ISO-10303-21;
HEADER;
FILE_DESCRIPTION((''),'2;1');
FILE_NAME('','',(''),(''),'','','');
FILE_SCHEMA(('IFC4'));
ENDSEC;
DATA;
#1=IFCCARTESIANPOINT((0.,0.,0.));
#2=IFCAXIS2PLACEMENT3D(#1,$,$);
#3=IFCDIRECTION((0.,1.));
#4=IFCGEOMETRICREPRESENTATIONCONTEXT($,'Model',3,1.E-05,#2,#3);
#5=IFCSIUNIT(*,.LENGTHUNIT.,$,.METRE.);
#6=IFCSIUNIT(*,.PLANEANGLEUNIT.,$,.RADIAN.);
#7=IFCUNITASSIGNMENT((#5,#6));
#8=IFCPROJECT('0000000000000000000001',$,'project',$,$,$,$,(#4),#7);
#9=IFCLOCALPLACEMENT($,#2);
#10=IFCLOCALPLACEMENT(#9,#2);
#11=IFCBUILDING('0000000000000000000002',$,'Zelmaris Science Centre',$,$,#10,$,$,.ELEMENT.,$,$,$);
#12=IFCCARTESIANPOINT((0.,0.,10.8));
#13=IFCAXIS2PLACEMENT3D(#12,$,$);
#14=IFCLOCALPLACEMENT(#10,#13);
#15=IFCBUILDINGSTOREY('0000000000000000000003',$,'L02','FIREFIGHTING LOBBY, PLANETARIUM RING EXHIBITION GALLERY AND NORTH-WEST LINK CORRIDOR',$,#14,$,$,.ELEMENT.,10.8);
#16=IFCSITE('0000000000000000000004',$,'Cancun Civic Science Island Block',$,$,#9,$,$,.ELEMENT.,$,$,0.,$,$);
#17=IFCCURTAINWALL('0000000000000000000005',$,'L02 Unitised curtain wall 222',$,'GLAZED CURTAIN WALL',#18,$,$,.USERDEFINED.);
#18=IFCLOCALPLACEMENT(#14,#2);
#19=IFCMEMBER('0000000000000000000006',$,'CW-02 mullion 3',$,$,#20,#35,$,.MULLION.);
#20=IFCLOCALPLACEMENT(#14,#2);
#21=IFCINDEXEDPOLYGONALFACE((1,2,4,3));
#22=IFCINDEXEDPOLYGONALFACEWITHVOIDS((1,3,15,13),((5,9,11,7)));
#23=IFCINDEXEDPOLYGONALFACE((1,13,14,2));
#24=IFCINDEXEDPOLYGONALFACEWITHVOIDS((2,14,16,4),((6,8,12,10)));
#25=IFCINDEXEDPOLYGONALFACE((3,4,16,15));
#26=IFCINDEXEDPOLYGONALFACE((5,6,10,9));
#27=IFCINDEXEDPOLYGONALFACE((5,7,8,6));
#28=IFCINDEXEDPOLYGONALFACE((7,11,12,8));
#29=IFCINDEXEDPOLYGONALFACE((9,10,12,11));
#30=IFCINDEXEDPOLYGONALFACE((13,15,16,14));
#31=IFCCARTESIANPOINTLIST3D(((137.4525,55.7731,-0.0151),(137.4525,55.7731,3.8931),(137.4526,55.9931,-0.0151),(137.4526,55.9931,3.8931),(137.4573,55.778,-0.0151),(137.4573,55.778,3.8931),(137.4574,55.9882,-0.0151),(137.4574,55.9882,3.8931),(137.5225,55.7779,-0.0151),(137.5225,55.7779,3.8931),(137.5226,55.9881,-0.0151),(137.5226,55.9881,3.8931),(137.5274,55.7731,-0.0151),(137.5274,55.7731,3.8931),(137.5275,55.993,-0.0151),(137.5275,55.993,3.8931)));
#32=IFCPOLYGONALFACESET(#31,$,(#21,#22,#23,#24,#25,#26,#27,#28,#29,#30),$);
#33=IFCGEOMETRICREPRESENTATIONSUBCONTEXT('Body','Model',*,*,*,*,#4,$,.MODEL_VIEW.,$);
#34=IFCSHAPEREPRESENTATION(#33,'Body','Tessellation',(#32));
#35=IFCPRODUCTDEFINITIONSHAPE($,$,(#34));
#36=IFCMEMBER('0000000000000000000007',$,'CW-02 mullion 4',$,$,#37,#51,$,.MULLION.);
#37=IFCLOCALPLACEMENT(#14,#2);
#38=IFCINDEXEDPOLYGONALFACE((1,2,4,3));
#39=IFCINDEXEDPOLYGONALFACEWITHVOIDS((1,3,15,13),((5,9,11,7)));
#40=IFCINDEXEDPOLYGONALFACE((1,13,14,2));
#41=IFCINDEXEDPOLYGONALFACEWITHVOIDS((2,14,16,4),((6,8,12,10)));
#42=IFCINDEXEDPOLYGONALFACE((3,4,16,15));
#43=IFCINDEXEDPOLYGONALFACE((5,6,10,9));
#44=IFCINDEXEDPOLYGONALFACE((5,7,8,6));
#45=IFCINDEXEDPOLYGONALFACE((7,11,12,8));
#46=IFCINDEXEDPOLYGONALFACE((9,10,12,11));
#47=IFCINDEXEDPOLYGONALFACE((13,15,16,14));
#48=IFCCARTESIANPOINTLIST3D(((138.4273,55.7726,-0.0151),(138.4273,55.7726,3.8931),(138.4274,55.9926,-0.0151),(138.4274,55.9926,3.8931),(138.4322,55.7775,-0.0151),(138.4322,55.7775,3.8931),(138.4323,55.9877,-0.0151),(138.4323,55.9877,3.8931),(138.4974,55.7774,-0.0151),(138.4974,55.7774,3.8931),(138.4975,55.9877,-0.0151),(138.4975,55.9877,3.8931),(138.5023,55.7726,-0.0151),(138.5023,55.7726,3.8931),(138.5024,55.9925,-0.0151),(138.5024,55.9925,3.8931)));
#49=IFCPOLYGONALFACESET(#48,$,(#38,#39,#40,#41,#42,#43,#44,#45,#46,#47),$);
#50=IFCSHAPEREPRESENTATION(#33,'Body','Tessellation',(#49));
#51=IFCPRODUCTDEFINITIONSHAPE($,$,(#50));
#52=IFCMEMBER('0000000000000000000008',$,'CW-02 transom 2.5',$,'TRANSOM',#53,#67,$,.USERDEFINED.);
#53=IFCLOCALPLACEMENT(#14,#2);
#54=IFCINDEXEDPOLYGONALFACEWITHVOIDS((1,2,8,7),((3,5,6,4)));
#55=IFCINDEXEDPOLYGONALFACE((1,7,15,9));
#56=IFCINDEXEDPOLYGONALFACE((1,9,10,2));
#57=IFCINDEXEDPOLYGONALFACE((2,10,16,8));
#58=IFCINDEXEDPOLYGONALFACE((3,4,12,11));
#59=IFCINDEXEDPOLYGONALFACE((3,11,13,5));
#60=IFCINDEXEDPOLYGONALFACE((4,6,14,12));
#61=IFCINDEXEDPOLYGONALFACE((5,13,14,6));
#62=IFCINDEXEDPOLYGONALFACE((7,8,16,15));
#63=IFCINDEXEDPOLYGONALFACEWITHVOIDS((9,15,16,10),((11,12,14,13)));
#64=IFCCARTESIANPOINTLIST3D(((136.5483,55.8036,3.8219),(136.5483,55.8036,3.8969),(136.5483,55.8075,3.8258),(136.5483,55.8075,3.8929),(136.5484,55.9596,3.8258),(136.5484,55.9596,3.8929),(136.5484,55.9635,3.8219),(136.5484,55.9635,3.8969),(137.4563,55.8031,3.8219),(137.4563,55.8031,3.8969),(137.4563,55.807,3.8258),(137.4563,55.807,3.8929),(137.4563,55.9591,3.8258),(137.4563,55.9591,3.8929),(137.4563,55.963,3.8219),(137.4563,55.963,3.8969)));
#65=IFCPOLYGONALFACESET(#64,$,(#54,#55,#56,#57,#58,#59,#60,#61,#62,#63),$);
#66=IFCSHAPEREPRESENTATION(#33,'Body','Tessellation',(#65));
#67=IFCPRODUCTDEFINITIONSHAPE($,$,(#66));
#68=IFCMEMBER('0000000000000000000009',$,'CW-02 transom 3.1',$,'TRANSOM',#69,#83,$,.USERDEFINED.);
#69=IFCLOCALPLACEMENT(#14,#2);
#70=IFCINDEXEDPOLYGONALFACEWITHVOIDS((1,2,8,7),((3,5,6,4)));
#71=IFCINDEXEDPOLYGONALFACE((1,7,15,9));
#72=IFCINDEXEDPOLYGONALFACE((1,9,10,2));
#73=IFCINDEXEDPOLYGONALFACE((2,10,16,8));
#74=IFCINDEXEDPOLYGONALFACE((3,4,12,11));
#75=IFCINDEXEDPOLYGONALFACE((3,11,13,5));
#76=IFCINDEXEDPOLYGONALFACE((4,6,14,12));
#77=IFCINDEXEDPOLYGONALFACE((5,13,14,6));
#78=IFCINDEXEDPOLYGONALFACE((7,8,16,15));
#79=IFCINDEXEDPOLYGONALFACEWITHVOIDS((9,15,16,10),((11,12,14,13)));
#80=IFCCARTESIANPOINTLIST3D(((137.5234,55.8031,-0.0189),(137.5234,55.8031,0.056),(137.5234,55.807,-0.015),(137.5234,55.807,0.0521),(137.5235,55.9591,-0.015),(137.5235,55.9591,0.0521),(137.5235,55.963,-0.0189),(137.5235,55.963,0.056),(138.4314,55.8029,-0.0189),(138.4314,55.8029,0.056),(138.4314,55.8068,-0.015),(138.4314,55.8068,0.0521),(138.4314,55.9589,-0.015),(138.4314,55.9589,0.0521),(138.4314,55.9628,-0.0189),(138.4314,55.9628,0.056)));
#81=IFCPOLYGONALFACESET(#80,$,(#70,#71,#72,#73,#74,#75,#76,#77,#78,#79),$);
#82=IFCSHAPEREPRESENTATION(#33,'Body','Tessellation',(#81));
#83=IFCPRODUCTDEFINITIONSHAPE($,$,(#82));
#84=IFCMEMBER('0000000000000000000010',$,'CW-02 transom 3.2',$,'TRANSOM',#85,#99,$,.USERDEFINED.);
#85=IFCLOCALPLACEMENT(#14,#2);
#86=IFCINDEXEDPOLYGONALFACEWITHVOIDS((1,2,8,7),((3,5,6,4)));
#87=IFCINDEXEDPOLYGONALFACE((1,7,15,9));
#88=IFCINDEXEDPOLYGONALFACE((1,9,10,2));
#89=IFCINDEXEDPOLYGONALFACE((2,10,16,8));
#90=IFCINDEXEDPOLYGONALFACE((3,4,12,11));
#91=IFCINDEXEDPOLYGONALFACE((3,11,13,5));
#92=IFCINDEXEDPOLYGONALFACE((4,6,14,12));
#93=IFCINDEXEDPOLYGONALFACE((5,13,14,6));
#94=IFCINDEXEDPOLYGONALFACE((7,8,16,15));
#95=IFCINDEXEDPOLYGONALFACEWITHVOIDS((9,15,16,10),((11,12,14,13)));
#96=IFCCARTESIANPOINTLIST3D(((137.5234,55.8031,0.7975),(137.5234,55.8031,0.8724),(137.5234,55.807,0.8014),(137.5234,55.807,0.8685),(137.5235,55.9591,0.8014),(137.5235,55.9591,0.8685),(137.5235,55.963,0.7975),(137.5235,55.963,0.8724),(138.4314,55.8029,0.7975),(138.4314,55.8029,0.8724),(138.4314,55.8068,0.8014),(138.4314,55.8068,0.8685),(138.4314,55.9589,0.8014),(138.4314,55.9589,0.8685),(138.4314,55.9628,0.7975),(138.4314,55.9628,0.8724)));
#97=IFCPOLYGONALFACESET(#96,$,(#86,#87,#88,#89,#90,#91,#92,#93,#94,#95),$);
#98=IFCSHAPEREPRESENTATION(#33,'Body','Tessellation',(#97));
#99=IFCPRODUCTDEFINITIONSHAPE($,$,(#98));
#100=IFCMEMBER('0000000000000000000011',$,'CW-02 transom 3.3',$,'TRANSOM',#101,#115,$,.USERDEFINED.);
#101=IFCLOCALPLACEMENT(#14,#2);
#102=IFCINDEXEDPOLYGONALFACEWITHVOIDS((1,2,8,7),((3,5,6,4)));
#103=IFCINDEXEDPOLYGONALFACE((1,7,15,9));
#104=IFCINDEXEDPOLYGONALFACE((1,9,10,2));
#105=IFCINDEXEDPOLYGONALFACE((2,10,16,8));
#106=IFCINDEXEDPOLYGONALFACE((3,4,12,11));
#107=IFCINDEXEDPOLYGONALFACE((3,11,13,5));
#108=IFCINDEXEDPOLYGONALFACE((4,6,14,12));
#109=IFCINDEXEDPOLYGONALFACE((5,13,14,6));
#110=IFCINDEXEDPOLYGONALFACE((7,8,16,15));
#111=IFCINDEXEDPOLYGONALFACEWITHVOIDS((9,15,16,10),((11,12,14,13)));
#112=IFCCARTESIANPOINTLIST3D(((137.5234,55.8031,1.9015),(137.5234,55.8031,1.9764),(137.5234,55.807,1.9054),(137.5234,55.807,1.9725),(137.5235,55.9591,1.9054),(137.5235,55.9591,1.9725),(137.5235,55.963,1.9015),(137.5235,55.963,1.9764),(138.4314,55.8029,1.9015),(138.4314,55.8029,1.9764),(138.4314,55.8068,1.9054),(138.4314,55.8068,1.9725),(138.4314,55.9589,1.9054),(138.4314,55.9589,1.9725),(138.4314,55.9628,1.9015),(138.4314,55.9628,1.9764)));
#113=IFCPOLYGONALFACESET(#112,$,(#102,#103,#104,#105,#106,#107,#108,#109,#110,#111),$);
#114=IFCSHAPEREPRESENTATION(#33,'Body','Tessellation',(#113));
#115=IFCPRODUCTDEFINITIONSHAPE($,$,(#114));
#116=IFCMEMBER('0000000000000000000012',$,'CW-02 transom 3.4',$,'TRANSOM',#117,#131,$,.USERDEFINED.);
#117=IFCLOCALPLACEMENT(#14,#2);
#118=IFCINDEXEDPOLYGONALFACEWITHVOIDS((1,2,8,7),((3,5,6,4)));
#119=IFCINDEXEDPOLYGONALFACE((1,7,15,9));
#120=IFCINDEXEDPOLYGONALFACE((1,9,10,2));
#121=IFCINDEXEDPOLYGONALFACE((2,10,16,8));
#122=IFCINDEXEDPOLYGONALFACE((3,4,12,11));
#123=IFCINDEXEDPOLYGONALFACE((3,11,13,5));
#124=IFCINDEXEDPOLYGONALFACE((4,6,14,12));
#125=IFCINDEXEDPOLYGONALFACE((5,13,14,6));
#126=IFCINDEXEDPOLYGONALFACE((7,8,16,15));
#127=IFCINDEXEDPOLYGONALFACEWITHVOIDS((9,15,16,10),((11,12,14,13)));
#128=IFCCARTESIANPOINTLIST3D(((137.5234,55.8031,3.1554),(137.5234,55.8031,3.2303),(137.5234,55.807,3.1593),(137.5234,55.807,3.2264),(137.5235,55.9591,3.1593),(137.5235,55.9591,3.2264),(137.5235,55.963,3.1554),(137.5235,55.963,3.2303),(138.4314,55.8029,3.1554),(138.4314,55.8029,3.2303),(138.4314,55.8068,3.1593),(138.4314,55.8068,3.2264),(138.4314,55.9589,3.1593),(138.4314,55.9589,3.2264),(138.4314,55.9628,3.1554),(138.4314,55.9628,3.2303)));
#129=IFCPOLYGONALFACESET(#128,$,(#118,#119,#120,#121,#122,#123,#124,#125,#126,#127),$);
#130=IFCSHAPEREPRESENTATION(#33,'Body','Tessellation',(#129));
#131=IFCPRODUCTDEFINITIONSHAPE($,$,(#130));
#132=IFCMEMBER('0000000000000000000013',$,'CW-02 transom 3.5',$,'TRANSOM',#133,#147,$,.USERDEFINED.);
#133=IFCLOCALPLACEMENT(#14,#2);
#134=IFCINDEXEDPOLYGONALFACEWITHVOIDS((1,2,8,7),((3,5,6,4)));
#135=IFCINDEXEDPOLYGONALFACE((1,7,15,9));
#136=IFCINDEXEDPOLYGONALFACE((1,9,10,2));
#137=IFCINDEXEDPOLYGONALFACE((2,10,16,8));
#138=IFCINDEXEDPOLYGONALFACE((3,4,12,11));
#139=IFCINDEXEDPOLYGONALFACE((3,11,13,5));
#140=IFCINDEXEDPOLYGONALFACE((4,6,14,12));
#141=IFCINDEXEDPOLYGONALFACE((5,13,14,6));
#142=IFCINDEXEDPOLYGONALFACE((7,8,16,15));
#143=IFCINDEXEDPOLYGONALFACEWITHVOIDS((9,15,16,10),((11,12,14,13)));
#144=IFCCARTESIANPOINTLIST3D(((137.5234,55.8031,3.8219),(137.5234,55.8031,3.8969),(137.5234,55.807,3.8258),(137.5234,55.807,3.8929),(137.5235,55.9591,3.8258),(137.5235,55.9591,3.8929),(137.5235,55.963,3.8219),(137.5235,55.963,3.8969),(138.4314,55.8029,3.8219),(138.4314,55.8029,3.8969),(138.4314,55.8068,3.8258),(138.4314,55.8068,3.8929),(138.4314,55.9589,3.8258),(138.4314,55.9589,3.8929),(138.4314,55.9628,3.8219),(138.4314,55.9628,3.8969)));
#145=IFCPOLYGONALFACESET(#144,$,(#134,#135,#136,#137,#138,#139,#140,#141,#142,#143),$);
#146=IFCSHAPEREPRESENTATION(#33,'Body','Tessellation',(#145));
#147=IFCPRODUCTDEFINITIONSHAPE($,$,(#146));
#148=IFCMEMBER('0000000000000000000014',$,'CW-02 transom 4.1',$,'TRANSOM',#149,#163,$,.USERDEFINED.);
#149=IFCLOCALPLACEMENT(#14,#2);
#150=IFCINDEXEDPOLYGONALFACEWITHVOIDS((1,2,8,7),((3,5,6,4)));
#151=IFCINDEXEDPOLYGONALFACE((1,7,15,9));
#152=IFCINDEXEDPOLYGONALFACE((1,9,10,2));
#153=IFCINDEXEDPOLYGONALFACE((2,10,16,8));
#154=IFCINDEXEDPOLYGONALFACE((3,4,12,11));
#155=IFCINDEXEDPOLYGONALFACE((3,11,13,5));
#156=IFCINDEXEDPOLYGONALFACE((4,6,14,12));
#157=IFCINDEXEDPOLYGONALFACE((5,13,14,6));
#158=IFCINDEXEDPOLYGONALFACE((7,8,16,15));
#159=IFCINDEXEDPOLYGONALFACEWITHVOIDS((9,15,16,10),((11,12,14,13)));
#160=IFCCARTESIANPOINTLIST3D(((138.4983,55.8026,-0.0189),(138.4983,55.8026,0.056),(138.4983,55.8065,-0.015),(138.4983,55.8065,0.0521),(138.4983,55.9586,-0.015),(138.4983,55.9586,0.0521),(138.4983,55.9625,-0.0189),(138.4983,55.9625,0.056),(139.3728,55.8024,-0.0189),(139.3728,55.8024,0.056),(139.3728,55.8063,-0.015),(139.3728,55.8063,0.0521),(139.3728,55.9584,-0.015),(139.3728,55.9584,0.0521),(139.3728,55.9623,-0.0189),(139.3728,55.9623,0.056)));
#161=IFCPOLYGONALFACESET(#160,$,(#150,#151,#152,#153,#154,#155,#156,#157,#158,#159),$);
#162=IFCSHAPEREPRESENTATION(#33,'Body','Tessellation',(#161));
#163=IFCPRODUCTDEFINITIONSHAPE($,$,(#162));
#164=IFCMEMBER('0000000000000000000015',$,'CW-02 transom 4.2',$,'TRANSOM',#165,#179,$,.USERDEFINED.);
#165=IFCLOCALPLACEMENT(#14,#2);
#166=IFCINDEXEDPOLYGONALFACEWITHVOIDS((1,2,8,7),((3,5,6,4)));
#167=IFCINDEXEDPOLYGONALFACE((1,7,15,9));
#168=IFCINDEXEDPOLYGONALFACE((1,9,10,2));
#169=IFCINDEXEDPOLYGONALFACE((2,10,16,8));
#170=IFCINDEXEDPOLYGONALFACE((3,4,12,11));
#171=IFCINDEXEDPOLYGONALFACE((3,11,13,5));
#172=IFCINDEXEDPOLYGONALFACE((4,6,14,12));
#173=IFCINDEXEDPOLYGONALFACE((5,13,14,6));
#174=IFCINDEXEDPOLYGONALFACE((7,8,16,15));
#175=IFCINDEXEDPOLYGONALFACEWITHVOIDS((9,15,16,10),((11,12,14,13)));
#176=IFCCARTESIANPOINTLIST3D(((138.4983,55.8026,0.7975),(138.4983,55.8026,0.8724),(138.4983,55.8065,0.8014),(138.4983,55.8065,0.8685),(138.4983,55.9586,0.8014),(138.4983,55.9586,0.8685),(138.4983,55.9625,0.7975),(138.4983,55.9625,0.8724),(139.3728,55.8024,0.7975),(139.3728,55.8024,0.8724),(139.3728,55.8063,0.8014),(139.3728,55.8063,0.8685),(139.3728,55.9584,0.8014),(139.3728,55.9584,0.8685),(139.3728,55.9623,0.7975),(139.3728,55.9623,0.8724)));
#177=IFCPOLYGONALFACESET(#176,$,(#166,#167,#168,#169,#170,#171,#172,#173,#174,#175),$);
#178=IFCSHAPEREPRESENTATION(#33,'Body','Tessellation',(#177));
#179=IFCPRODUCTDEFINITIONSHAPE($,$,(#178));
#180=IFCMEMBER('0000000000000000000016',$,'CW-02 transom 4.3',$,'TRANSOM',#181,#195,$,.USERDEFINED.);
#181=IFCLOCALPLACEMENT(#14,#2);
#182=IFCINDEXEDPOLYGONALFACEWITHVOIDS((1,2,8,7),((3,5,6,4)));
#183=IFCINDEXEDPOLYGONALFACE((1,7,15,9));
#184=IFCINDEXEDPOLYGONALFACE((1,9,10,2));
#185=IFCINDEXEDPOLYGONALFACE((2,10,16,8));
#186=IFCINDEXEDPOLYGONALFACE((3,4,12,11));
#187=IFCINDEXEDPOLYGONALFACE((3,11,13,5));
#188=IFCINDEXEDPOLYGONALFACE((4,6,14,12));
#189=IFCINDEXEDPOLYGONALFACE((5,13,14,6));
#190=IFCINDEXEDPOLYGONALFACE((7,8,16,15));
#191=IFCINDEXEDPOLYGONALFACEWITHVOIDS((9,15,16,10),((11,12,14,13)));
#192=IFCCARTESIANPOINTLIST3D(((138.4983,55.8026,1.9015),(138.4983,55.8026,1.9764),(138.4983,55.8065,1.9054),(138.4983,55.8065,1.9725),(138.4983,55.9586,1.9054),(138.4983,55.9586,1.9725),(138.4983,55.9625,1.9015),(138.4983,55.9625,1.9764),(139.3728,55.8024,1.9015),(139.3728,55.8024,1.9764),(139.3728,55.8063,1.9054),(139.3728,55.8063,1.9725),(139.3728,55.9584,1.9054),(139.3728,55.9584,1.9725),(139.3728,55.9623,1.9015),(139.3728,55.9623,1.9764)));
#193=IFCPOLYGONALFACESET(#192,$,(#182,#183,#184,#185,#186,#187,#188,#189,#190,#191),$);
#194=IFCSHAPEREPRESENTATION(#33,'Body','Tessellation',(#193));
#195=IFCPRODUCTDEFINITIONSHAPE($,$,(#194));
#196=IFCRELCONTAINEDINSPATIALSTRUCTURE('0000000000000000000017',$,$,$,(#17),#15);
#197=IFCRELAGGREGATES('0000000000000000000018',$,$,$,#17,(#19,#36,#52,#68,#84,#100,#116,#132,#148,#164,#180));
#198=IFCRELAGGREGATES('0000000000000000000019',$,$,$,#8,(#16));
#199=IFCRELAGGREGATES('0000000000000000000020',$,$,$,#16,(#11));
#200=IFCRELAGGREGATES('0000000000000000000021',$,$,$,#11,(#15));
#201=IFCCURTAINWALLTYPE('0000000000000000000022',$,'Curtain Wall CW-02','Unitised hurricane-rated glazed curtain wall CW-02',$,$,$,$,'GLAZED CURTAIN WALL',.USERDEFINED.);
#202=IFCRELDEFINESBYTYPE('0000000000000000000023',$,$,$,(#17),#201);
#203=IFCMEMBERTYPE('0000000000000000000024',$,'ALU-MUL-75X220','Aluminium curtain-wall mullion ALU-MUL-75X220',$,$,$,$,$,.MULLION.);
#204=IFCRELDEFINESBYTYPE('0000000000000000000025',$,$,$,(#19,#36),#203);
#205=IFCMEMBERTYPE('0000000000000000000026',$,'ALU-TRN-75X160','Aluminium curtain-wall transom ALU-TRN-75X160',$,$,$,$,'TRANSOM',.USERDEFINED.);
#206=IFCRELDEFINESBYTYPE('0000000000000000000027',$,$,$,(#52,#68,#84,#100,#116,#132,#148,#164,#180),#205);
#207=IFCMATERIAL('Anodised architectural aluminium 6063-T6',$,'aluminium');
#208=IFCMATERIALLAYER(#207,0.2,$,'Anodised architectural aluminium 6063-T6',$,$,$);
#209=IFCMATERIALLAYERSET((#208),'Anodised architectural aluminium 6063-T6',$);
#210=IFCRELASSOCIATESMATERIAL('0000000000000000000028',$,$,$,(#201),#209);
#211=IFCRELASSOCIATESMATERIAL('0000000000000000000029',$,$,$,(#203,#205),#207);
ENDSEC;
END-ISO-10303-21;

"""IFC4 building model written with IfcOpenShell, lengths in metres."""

from ifc_helpers import new_model, si_unit, direction, frame, origin, origin_2d, place, context, subcontext, project, spatial, hollow_rectangle, extrude, material, layer, layer_set, material_profile, profile_set, type_object, element, aggregate, save


model = new_model("IFC4")

# Units and contexts
model_context = context("Model", 3, precision=1e-05, world=origin(), true_north=direction((0.0, 1.0)))
body_context = subcontext(model_context, "Body", "Model", "MODEL_VIEW")
ifc_project = project(units=[si_unit("LENGTHUNIT", "METRE"), si_unit("PLANEANGLEUNIT", "RADIAN")], contexts=[model_context])

# Site, building, storey
site_placement = place(None, origin())
site = spatial("IfcSite", under=ifc_project, at=site_placement, Name="Cancun Civic Science Island Block", CompositionType="ELEMENT", RefElevation=0.0)
building_placement = place(site_placement, origin())
building = spatial("IfcBuilding", under=site, at=building_placement, Name="Zelmaris Science Centre", CompositionType="ELEMENT")
storey_placement = place(building_placement, frame((0.0, 0.0, 10.8)))
storey = spatial("IfcBuildingStorey", under=building, at=storey_placement, Name="L02", Description="FIREFIGHTING LOBBY, PLANETARIUM RING EXHIBITION GALLERY AND NORTH-WEST LINK CORRIDOR", CompositionType="ELEMENT", Elevation=10.8)

# Curtain wall, members
ifc_material_1 = material(Name="Anodised architectural aluminium 6063-T6", Category="aluminium")
ifc_layer_1 = layer(ifc_material_1, 0.2, Name="Anodised architectural aluminium 6063-T6")
ifc_layer_set_1 = layer_set([ifc_layer_1], Name="Anodised architectural aluminium 6063-T6")
curtain_wall_type = type_object("IfcCurtainWallType", Name="Curtain Wall CW-02", Description="Unitised hurricane-rated glazed curtain wall CW-02", ElementType="GLAZED CURTAIN WALL", PredefinedType="USERDEFINED", material=ifc_layer_set_1)
curtain_wall_placement = place(storey_placement, origin())
curtain_wall = element("IfcCurtainWall", 1, at=curtain_wall_placement, inside=storey, type_object=curtain_wall_type, Name="L02 Unitised curtain wall 222", ObjectType="GLAZED CURTAIN WALL", PredefinedType="USERDEFINED")
ifc_material_profile_1 = material_profile(ifc_material_1, hollow_rectangle(XDim=0.075, YDim=0.22, WallThickness=0.0049, at=origin_2d()), Name="ALU-MUL-75X220")
ifc_profile_set_1 = profile_set([ifc_material_profile_1], Name="Anodised architectural aluminium 6063-T6")
member_type_1 = type_object("IfcMemberType", Name="ALU-MUL-75X220", Description="Aluminium curtain-wall mullion ALU-MUL-75X220", PredefinedType="MULLION", material=ifc_profile_set_1)
member_1_placement = place(storey_placement, frame((137.49, 55.8831, -0.0151), z_axis=(0.0, 0.0, 1.0), x_axis=(1.0, -0.000489, 0.0)))
member_1 = element("IfcMember", 2, at=member_1_placement, type_object=member_type_1, Name="CW-02 mullion 3", PredefinedType="MULLION", context=body_context, shape_type="SweptSolid", body=[
    extrude(hollow_rectangle(XDim=0.075, YDim=0.22, WallThickness=0.0049, at=origin_2d()), origin(), (0.0, 0.0, 1.0), 3.9082),
])
member_2_placement = place(storey_placement, frame((138.4648, 55.8826, -0.0151), z_axis=(0.0, 0.0, 1.0), x_axis=(1.0, -0.000489, 0.0)))
member_2 = element("IfcMember", 3, at=member_2_placement, type_object=member_type_1, Name="CW-02 mullion 4", PredefinedType="MULLION", context=body_context, shape_type="SweptSolid", body=[
    extrude(hollow_rectangle(XDim=0.075, YDim=0.22, WallThickness=0.0049, at=origin_2d()), origin(), (0.0, 0.0, 1.0), 3.9082),
])
ifc_material_profile_2 = material_profile(ifc_material_1, hollow_rectangle(XDim=0.075, YDim=0.1599, WallThickness=0.0039, at=origin_2d()), Name="ALU-TRN-75X160")
ifc_profile_set_2 = profile_set([ifc_material_profile_2], Name="Anodised architectural aluminium 6063-T6")
member_type_2 = type_object("IfcMemberType", Name="ALU-TRN-75X160", Description="Aluminium curtain-wall transom ALU-TRN-75X160", ElementType="TRANSOM", PredefinedType="USERDEFINED", material=ifc_profile_set_2)
member_3_placement = place(storey_placement, frame((136.5483, 55.8835, 3.8594), z_axis=(1.0, -0.000538, 0.0), x_axis=(0.0, 0.0, 1.0)))
member_3 = element("IfcMember", 4, at=member_3_placement, type_object=member_type_2, Name="CW-02 transom 2.5", ObjectType="TRANSOM", PredefinedType="USERDEFINED", context=body_context, shape_type="SweptSolid", body=[
    extrude(hollow_rectangle(XDim=0.075, YDim=0.1599, WallThickness=0.0039, at=origin_2d()), origin(), (0.0, 0.0, 1.0), 0.908),
])
member_4_placement = place(storey_placement, frame((137.5234, 55.8831, 0.0186), z_axis=(1.0, -0.000269, 0.0), x_axis=(0.0, 0.0, 1.0)))
member_4 = element("IfcMember", 5, at=member_4_placement, type_object=member_type_2, Name="CW-02 transom 3.1", ObjectType="TRANSOM", PredefinedType="USERDEFINED", context=body_context, shape_type="SweptSolid", body=[
    extrude(hollow_rectangle(XDim=0.075, YDim=0.1599, WallThickness=0.0039, at=origin_2d()), origin(), (0.0, 0.0, 1.0), 0.908),
])
member_5_placement = place(storey_placement, frame((137.5234, 55.8831, 0.835), z_axis=(1.0, -0.000269, 0.0), x_axis=(0.0, 0.0, 1.0)))
member_5 = element("IfcMember", 6, at=member_5_placement, type_object=member_type_2, Name="CW-02 transom 3.2", ObjectType="TRANSOM", PredefinedType="USERDEFINED", context=body_context, shape_type="SweptSolid", body=[
    extrude(hollow_rectangle(XDim=0.075, YDim=0.1599, WallThickness=0.0039, at=origin_2d()), origin(), (0.0, 0.0, 1.0), 0.908),
])
member_6_placement = place(storey_placement, frame((137.5234, 55.8831, 1.939), z_axis=(1.0, -0.000269, 0.0), x_axis=(0.0, 0.0, 1.0)))
member_6 = element("IfcMember", 7, at=member_6_placement, type_object=member_type_2, Name="CW-02 transom 3.3", ObjectType="TRANSOM", PredefinedType="USERDEFINED", context=body_context, shape_type="SweptSolid", body=[
    extrude(hollow_rectangle(XDim=0.075, YDim=0.1599, WallThickness=0.0039, at=origin_2d()), origin(), (0.0, 0.0, 1.0), 0.908),
])
member_7_placement = place(storey_placement, frame((137.5234, 55.8831, 3.1929), z_axis=(1.0, -0.000269, 0.0), x_axis=(0.0, 0.0, 1.0)))
member_7 = element("IfcMember", 8, at=member_7_placement, type_object=member_type_2, Name="CW-02 transom 3.4", ObjectType="TRANSOM", PredefinedType="USERDEFINED", context=body_context, shape_type="SweptSolid", body=[
    extrude(hollow_rectangle(XDim=0.075, YDim=0.1599, WallThickness=0.0039, at=origin_2d()), origin(), (0.0, 0.0, 1.0), 0.908),
])
member_8_placement = place(storey_placement, frame((137.5234, 55.8831, 3.8594), z_axis=(1.0, -0.000269, 0.0), x_axis=(0.0, 0.0, 1.0)))
member_8 = element("IfcMember", 9, at=member_8_placement, type_object=member_type_2, Name="CW-02 transom 3.5", ObjectType="TRANSOM", PredefinedType="USERDEFINED", context=body_context, shape_type="SweptSolid", body=[
    extrude(hollow_rectangle(XDim=0.075, YDim=0.1599, WallThickness=0.0039, at=origin_2d()), origin(), (0.0, 0.0, 1.0), 0.908),
])
member_9_placement = place(storey_placement, frame((138.4983, 55.8826, 0.0186), z_axis=(1.0, -0.000279, 0.0), x_axis=(0.0, 0.0, 1.0)))
member_9 = element("IfcMember", 10, at=member_9_placement, type_object=member_type_2, Name="CW-02 transom 4.1", ObjectType="TRANSOM", PredefinedType="USERDEFINED", context=body_context, shape_type="SweptSolid", body=[
    extrude(hollow_rectangle(XDim=0.075, YDim=0.1599, WallThickness=0.0039, at=origin_2d()), origin(), (0.0, 0.0, 1.0), 0.8745),
])
member_10_placement = place(storey_placement, frame((138.4983, 55.8826, 0.835), z_axis=(1.0, -0.000279, 0.0), x_axis=(0.0, 0.0, 1.0)))
member_10 = element("IfcMember", 11, at=member_10_placement, type_object=member_type_2, Name="CW-02 transom 4.2", ObjectType="TRANSOM", PredefinedType="USERDEFINED", context=body_context, shape_type="SweptSolid", body=[
    extrude(hollow_rectangle(XDim=0.075, YDim=0.1599, WallThickness=0.0039, at=origin_2d()), origin(), (0.0, 0.0, 1.0), 0.8745),
])
member_11_placement = place(storey_placement, frame((138.4983, 55.8826, 1.939), z_axis=(1.0, -0.000279, 0.0), x_axis=(0.0, 0.0, 1.0)))
member_11 = element("IfcMember", 12, at=member_11_placement, type_object=member_type_2, Name="CW-02 transom 4.3", ObjectType="TRANSOM", PredefinedType="USERDEFINED", context=body_context, shape_type="SweptSolid", body=[
    extrude(hollow_rectangle(XDim=0.075, YDim=0.1599, WallThickness=0.0039, at=origin_2d()), origin(), (0.0, 0.0, 1.0), 0.8745),
])
aggregate(curtain_wall, [member_1, member_2, member_3, member_4, member_5, member_6, member_7, member_8, member_9, member_10, member_11])

save(model, "model.ifc")
